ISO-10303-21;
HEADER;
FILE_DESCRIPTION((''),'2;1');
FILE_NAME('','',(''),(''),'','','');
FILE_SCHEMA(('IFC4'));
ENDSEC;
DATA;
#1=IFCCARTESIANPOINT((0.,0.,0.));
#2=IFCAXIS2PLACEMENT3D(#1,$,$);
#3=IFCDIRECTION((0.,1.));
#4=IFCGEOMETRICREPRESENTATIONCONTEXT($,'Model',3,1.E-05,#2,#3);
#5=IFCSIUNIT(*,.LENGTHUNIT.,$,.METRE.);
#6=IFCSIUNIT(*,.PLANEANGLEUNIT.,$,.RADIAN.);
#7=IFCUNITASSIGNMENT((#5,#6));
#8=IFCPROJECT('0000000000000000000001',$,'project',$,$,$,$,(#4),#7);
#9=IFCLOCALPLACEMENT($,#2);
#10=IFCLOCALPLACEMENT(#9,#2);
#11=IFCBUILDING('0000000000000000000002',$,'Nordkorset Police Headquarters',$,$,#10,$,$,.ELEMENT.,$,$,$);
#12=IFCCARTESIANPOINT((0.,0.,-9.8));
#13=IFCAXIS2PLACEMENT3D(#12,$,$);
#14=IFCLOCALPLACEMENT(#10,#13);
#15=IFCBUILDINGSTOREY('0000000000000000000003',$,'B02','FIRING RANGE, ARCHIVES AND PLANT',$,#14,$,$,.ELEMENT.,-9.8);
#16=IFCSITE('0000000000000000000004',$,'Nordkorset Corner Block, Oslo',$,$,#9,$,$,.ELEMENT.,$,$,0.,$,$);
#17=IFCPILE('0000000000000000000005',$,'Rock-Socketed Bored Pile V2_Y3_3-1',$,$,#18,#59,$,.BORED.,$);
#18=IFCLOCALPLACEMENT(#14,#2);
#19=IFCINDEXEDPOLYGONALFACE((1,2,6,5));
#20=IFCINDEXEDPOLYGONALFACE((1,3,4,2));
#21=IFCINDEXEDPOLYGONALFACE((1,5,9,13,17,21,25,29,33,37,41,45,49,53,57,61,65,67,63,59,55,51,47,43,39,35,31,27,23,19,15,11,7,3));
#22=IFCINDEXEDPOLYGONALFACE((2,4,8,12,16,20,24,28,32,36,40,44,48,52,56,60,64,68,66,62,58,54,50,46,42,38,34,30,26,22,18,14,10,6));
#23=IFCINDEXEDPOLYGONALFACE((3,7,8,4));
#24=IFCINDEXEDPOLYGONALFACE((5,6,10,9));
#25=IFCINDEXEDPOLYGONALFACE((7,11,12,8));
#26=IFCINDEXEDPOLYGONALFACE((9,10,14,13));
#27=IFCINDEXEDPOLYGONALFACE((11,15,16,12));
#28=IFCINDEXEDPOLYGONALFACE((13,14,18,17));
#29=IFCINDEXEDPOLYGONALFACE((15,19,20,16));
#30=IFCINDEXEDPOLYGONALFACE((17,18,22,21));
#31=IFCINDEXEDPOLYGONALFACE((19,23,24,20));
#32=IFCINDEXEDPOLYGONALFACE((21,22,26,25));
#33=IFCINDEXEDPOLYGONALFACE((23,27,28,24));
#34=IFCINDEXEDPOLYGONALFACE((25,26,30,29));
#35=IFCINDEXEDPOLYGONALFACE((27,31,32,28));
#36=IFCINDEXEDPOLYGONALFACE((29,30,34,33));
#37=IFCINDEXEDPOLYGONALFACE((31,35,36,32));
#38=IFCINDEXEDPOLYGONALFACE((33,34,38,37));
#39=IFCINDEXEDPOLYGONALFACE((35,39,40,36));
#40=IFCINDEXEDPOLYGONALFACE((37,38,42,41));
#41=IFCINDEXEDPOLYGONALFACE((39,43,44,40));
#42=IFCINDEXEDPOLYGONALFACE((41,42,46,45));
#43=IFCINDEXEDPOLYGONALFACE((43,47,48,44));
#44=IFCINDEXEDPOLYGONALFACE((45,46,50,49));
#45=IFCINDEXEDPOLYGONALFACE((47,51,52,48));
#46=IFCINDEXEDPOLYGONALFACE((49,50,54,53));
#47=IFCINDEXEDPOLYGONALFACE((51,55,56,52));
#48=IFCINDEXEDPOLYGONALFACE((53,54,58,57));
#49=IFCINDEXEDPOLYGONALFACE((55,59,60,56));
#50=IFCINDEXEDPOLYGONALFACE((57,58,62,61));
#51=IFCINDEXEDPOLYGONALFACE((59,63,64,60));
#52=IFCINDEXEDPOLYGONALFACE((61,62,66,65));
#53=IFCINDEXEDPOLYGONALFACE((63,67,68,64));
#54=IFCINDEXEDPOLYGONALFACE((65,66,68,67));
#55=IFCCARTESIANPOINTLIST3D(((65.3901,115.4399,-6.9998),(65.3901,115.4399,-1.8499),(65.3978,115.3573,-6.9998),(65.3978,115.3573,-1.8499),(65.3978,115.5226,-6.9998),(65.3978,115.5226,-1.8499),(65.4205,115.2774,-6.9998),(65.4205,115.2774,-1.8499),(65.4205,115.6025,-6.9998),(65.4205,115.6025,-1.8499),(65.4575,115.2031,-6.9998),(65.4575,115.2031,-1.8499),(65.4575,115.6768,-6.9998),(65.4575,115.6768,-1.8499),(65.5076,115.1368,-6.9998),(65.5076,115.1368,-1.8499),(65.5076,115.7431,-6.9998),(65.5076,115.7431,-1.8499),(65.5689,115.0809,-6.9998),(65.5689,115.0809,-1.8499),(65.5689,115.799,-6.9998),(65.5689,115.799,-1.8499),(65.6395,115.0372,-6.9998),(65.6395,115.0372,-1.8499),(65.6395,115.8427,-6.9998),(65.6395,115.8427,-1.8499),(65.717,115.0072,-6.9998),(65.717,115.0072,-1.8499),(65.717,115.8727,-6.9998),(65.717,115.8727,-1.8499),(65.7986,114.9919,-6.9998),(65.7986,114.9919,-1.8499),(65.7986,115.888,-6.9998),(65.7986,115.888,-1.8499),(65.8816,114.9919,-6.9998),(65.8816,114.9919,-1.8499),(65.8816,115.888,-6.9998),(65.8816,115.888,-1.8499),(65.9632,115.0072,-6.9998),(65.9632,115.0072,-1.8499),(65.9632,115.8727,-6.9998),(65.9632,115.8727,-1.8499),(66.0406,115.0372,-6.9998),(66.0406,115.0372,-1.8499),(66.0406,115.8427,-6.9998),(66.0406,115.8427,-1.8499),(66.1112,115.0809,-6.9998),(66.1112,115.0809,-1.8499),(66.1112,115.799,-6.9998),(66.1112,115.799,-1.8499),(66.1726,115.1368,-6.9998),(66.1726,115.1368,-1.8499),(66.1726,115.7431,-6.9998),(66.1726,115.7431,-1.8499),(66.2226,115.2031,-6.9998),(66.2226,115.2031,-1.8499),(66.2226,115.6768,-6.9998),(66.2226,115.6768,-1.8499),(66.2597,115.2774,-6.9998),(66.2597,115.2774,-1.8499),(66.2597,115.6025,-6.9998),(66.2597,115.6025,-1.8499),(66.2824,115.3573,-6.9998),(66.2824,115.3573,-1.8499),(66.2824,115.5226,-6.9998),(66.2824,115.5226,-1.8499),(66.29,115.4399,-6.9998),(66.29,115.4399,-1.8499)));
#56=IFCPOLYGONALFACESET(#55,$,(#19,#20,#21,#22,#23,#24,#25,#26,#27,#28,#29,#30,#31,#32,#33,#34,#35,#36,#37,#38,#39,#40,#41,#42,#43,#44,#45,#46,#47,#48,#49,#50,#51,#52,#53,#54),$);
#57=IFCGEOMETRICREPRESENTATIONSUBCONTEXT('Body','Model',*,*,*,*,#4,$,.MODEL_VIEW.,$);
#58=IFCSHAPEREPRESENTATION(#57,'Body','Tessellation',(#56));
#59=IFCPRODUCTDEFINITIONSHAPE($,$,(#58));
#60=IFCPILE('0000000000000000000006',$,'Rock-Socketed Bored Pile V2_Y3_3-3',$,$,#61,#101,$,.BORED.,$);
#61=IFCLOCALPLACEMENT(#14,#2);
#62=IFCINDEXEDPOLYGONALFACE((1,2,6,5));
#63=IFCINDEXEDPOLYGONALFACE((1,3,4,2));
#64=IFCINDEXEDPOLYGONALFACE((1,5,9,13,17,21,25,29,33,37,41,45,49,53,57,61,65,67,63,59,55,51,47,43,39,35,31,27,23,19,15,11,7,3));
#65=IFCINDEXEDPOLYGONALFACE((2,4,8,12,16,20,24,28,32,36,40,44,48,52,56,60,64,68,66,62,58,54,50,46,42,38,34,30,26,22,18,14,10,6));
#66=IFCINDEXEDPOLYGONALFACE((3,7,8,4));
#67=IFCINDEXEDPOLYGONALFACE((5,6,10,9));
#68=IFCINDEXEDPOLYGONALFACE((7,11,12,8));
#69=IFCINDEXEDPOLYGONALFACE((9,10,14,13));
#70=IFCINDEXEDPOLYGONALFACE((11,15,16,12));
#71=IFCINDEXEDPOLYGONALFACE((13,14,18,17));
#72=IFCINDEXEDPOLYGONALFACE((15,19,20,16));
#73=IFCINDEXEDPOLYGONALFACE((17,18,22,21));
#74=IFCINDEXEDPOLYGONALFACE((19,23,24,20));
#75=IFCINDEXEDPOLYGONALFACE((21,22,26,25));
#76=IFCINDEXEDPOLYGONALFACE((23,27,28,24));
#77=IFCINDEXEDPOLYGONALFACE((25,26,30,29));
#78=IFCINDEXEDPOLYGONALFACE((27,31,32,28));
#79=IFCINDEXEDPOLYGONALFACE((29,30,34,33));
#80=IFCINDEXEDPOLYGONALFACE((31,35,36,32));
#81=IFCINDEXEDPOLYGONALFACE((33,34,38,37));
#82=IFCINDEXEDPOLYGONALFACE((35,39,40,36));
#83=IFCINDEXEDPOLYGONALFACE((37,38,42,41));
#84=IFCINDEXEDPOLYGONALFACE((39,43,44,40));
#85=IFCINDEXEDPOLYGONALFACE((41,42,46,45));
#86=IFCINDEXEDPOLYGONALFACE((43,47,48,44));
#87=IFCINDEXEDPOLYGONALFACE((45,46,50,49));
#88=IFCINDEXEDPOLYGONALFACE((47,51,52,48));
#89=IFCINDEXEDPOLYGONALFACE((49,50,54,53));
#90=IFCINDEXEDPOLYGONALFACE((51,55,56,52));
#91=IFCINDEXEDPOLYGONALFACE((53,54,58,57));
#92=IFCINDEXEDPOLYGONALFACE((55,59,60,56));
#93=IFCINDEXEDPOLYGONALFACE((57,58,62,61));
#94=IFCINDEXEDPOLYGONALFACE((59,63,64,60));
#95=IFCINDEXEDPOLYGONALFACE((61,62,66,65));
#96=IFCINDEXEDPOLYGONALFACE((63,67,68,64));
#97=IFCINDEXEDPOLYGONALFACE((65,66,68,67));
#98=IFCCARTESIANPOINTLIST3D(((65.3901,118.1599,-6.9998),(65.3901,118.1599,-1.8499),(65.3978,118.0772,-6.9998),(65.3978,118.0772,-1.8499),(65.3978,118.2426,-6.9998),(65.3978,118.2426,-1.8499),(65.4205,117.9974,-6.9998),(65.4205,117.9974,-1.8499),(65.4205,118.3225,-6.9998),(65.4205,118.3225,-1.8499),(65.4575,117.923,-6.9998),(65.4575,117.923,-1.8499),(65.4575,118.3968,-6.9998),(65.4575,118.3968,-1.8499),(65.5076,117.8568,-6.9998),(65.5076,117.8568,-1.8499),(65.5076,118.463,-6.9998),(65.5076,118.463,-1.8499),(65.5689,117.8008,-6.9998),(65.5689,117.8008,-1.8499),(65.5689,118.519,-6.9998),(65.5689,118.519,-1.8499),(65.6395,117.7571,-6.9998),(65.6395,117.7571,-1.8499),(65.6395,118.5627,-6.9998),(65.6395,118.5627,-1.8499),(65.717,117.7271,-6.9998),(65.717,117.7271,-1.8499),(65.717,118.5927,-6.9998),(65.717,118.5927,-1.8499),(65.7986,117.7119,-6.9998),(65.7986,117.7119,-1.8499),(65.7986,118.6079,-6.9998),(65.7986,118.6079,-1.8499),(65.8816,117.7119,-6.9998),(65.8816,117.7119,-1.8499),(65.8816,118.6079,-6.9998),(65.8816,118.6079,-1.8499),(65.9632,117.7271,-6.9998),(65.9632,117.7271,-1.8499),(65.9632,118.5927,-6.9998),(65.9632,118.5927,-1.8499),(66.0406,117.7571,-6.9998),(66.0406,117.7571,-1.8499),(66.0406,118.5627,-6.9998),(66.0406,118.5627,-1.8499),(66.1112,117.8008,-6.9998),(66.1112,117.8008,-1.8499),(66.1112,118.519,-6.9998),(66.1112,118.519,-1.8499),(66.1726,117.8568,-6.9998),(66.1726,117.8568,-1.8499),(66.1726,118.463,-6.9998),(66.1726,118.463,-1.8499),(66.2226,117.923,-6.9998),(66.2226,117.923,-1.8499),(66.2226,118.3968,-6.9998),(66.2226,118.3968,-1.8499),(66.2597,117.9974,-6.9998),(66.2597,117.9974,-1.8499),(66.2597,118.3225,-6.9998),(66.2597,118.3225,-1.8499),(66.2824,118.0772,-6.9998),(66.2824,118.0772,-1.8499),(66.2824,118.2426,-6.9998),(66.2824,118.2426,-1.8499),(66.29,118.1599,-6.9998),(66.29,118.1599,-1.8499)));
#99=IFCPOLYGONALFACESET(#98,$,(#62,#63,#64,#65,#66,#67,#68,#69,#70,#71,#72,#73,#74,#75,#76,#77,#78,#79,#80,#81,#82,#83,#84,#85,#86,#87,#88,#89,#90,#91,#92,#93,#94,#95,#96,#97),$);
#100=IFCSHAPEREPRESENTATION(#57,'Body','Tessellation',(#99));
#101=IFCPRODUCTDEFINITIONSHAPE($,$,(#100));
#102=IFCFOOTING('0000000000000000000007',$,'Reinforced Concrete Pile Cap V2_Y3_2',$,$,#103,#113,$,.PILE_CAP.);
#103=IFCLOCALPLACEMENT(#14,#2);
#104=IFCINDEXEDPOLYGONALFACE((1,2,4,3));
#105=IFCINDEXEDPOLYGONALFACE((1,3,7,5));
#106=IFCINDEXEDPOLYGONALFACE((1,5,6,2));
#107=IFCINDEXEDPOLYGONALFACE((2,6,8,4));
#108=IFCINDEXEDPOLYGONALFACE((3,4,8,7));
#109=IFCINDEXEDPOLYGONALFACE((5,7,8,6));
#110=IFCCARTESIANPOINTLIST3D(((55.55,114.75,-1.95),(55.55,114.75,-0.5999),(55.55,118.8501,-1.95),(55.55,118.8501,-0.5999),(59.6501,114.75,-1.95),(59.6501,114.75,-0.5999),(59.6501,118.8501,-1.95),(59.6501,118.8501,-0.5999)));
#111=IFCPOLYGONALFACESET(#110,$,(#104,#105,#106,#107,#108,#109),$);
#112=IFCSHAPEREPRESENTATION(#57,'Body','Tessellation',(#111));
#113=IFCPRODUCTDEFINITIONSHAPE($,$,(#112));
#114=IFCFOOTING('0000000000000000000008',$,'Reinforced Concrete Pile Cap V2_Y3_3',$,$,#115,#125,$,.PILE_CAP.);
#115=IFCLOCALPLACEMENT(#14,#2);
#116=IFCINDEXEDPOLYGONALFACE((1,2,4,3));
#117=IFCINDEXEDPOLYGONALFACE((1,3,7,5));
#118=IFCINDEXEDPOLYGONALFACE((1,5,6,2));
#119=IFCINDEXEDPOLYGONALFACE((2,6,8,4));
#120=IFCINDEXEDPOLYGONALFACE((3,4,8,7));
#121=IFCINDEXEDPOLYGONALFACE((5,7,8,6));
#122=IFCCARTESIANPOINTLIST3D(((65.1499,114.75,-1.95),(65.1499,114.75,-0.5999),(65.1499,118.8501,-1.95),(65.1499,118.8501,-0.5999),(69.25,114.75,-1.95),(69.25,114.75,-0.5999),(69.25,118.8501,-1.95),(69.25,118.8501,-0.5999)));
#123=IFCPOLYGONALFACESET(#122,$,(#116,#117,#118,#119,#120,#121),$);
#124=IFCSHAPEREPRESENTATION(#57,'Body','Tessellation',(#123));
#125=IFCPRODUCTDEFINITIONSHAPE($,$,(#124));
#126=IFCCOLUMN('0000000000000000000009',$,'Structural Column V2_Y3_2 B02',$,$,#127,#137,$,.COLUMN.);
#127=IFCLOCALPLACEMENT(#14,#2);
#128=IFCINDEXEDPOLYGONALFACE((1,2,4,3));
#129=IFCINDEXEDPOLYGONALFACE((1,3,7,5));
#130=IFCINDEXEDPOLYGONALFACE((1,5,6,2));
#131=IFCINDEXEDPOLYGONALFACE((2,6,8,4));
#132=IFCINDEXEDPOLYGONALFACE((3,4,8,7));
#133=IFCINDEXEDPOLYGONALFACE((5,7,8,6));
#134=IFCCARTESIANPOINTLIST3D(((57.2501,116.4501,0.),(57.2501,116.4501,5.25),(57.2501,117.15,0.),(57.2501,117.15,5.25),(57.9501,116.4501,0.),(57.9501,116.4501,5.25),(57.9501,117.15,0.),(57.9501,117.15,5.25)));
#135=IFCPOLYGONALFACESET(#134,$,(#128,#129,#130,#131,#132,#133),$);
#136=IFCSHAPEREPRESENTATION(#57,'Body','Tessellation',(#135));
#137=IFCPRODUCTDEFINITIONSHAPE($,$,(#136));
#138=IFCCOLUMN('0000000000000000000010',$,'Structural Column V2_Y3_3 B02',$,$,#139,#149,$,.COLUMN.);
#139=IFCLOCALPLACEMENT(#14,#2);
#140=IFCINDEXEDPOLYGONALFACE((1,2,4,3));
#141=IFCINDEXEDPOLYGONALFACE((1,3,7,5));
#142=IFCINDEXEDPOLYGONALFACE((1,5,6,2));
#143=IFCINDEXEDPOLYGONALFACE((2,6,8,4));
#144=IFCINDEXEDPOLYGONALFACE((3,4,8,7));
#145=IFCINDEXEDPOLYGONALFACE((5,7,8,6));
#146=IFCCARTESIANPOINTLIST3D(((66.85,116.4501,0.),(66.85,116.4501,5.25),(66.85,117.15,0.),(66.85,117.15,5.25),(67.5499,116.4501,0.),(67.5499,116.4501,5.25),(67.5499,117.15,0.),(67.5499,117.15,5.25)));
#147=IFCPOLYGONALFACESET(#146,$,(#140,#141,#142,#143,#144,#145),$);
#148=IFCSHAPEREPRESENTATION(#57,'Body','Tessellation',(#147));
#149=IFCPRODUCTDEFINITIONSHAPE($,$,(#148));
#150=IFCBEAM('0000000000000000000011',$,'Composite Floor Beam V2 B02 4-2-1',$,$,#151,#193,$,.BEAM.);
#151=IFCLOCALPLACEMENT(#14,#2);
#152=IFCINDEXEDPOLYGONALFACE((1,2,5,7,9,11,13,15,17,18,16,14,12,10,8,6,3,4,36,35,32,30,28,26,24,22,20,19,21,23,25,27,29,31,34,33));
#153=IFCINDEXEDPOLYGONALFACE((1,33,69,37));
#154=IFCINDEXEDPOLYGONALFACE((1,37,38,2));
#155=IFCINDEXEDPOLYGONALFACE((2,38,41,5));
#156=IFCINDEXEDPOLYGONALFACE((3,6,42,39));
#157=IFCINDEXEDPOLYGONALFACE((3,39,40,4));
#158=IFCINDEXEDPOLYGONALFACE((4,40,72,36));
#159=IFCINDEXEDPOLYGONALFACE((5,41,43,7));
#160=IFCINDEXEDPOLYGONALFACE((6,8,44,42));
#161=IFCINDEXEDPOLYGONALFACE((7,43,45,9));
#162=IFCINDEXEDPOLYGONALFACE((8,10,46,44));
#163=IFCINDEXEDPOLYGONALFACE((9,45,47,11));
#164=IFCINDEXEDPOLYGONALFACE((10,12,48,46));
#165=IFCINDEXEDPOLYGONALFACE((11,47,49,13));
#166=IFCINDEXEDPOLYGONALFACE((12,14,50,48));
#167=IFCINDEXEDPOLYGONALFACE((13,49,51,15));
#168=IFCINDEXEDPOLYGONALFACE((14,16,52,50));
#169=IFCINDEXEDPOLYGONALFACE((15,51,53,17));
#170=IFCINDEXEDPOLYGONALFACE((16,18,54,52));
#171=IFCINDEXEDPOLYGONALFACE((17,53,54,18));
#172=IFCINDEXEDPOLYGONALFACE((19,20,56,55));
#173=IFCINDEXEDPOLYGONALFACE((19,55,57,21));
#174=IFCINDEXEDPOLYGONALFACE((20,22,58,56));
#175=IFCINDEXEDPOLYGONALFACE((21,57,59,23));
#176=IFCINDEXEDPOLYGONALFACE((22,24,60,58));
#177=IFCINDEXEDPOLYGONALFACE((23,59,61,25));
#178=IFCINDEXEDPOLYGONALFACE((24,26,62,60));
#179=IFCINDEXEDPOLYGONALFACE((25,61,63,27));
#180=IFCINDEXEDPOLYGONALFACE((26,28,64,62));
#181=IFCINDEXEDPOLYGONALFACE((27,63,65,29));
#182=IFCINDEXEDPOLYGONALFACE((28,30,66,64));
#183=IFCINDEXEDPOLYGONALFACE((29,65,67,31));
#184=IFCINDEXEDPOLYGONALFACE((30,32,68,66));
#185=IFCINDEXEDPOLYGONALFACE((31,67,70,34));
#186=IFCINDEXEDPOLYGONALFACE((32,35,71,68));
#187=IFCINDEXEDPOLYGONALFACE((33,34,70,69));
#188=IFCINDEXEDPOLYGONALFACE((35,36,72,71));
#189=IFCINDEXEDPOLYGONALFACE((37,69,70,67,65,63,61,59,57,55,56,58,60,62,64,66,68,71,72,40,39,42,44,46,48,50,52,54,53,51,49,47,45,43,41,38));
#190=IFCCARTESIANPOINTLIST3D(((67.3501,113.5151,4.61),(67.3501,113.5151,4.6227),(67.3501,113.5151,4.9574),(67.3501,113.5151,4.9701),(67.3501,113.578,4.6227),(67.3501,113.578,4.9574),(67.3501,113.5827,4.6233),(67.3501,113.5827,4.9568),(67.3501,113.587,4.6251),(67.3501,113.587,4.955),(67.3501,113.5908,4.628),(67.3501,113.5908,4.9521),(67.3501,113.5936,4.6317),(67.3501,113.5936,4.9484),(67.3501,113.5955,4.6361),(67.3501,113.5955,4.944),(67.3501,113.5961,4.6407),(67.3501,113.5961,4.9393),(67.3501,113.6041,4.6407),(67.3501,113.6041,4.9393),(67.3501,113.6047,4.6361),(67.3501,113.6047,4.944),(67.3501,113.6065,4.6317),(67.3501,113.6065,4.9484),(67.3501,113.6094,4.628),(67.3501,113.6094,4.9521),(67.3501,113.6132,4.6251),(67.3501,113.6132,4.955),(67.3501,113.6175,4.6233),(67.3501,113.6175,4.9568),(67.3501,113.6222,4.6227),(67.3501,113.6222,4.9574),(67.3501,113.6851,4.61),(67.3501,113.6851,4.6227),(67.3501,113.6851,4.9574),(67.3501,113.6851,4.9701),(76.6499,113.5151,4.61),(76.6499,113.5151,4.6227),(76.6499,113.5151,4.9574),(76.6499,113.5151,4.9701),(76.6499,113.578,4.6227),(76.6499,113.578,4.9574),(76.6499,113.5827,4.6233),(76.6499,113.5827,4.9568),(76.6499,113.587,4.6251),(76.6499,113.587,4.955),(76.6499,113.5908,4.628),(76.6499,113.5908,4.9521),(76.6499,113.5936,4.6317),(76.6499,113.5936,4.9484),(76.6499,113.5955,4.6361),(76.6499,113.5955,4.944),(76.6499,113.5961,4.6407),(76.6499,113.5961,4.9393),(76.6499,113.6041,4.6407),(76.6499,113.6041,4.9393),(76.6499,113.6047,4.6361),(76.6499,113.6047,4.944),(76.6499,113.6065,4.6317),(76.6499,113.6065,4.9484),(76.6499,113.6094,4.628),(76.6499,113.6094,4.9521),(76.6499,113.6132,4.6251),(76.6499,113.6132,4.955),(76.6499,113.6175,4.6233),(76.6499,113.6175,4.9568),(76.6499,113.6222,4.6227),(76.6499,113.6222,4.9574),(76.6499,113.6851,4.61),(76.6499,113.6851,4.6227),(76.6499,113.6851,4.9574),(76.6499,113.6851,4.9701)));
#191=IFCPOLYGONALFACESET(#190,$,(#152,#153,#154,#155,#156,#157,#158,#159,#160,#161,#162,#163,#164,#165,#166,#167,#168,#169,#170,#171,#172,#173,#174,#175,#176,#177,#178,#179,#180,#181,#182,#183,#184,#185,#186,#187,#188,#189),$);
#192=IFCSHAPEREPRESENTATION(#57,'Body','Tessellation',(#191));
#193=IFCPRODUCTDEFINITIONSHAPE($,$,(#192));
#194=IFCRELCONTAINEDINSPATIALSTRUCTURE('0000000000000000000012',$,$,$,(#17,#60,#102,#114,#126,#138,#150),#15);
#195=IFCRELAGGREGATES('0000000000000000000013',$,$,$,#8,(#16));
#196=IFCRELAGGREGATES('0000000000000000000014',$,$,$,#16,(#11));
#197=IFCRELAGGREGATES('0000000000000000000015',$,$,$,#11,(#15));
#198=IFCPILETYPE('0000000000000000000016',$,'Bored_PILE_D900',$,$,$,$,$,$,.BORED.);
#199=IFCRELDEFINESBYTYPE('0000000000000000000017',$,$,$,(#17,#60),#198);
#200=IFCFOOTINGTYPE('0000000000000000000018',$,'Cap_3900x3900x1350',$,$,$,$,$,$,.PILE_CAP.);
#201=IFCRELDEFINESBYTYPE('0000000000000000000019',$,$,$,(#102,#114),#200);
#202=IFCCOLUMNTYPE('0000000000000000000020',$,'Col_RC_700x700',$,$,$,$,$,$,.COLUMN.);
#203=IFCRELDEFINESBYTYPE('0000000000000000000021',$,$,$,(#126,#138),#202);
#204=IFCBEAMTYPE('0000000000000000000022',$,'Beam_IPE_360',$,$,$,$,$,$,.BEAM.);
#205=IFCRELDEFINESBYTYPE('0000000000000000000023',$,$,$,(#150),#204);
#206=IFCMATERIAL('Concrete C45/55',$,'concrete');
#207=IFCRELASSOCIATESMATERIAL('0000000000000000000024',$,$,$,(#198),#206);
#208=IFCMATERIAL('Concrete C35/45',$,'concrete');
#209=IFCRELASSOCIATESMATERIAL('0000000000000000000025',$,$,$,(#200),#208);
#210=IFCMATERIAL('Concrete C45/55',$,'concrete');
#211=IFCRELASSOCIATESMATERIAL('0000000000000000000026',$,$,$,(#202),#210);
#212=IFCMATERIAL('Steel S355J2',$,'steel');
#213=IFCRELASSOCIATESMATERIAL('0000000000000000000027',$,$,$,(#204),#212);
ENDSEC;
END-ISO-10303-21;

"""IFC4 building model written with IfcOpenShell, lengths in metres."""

from ifc_helpers import new_model, si_unit, direction, frame, origin, origin_2d, place, context, subcontext, project, spatial, rectangle, circle, i_section, extrude, material, material_profile, profile_set, type_object, element, save


model = new_model("IFC4")

# Units and contexts
model_context = context("Model", 3, precision=1e-05, world=origin(), true_north=direction((0.0, 1.0)))
body_context = subcontext(model_context, "Body", "Model", "MODEL_VIEW")
ifc_project = project(units=[si_unit("LENGTHUNIT", "METRE"), si_unit("PLANEANGLEUNIT", "RADIAN")], contexts=[model_context])

# Site, building, storey
site_placement = place(None, origin())
site = spatial("IfcSite", under=ifc_project, at=site_placement, Name="Nordkorset Corner Block, Oslo", CompositionType="ELEMENT", RefElevation=0.0)
building_placement = place(site_placement, origin())
building = spatial("IfcBuilding", under=site, at=building_placement, Name="Nordkorset Police Headquarters", CompositionType="ELEMENT")
storey_placement = place(building_placement, frame((0.0, 0.0, -9.8)))
storey = spatial("IfcBuildingStorey", under=building, at=storey_placement, Name="B02", Description="FIRING RANGE, ARCHIVES AND PLANT", CompositionType="ELEMENT", Elevation=-9.8)

# Piles
ifc_material_1 = material(Name="Concrete C45/55", Category="concrete")
ifc_material_profile_1 = material_profile(ifc_material_1, circle(Radius=0.45, at=origin_2d()), Name="PILE D900")
ifc_profile_set_1 = profile_set([ifc_material_profile_1], Name="Concrete C45/55")
pile_type = type_object("IfcPileType", Name="Bored_PILE_D900", PredefinedType="BORED", material=ifc_profile_set_1)
for number, where, z_axis, x_axis, name in (
    (1, (65.8401, 115.4399, -1.8499), (0.0, 0.0, -1.0), (1.0, 0.0, 0.0), "Rock-Socketed Bored Pile V2_Y3_3-1"),
    (2, (65.8401, 118.1599, -1.8499), (0.0, 0.0, -1.0), (1.0, 0.0, 0.0), "Rock-Socketed Bored Pile V2_Y3_3-3"),
):
    element("IfcPile", number, at=place(storey_placement, frame(where, z_axis=z_axis, x_axis=x_axis)), inside=storey, type_object=pile_type, Name=name, PredefinedType="BORED", context=body_context, shape_type="SweptSolid", body=[
        extrude(circle(Radius=0.45, at=origin_2d()), origin(), (0.0, 0.0, 1.0), 5.1499),
    ])

# Footings
ifc_material_2 = material(Name="Concrete C35/45", Category="concrete")
footing_type = type_object("IfcFootingType", Name="Cap_3900x3900x1350", PredefinedType="PILE_CAP", material=ifc_material_2)
for number, where, z_axis, x_axis, name in (
    (3, (57.6001, 116.8, -1.95), (0.0, 0.0, 1.0), (1.0, 0.0, 0.0), "Reinforced Concrete Pile Cap V2_Y3_2"),
    (4, (67.2, 116.8, -1.95), (0.0, 0.0, 1.0), (1.0, 0.0, 0.0), "Reinforced Concrete Pile Cap V2_Y3_3"),
):
    element("IfcFooting", number, at=place(storey_placement, frame(where, z_axis=z_axis, x_axis=x_axis)), inside=storey, type_object=footing_type, Name=name, PredefinedType="PILE_CAP", context=body_context, shape_type="SweptSolid", body=[
        extrude(rectangle(XDim=4.1001, YDim=4.1001, at=origin_2d()), origin(), (0.0, 0.0, 1.0), 1.3501),
    ])

# Columns
ifc_material_3 = material(Name="Concrete C45/55", Category="concrete")
ifc_material_profile_2 = material_profile(ifc_material_3, rectangle(XDim=0.7, YDim=0.7, at=origin_2d()), Name="RC 700x700")
ifc_profile_set_2 = profile_set([ifc_material_profile_2], Name="Concrete C45/55")
column_type = type_object("IfcColumnType", Name="Col_RC_700x700", PredefinedType="COLUMN", material=ifc_profile_set_2)
for number, where, z_axis, x_axis, name in (
    (5, (57.6001, 116.8, 0.0), (0.0, 0.0, 1.0), (1.0, 0.0, 0.0), "Structural Column V2_Y3_2 B02"),
    (6, (67.2, 116.8, 0.0), (0.0, 0.0, 1.0), (1.0, 0.0, 0.0), "Structural Column V2_Y3_3 B02"),
):
    element("IfcColumn", number, at=place(storey_placement, frame(where, z_axis=z_axis, x_axis=x_axis)), inside=storey, type_object=column_type, Name=name, PredefinedType="COLUMN", context=body_context, shape_type="SweptSolid", body=[
        extrude(rectangle(XDim=0.7, YDim=0.7, at=origin_2d()), origin(), (0.0, 0.0, 1.0), 5.25),
    ])

# Beam
ifc_material_4 = material(Name="Steel S355J2", Category="steel")
ifc_material_profile_3 = material_profile(ifc_material_4, i_section(OverallWidth=0.1699, OverallDepth=0.3601, WebThickness=0.0081, FlangeThickness=0.0127, FilletRadius=0.0181, at=origin_2d()), Name="IPE 360")
ifc_profile_set_3 = profile_set([ifc_material_profile_3], Name="Steel S355J2")
beam_type_1 = type_object("IfcBeamType", Name="Beam_IPE_360", PredefinedType="BEAM", material=ifc_profile_set_3)
beam_1_placement = place(storey_placement, frame((67.3501, 113.6001, 4.79), z_axis=(1.0, 0.0, 0.0), x_axis=(0.0, 1.0, 0.0)))
element("IfcBeam", 7, at=beam_1_placement, inside=storey, type_object=beam_type_1, Name="Composite Floor Beam V2 B02 4-2-1", PredefinedType="BEAM", context=body_context, shape_type="SweptSolid", body=[
    extrude(i_section(OverallWidth=0.1699, OverallDepth=0.3601, WebThickness=0.0081, FlangeThickness=0.0127, FilletRadius=0.0181, at=origin_2d()), origin(), (0.0, 0.0, 1.0), 9.2998),
])

save(model, "model.ifc")
